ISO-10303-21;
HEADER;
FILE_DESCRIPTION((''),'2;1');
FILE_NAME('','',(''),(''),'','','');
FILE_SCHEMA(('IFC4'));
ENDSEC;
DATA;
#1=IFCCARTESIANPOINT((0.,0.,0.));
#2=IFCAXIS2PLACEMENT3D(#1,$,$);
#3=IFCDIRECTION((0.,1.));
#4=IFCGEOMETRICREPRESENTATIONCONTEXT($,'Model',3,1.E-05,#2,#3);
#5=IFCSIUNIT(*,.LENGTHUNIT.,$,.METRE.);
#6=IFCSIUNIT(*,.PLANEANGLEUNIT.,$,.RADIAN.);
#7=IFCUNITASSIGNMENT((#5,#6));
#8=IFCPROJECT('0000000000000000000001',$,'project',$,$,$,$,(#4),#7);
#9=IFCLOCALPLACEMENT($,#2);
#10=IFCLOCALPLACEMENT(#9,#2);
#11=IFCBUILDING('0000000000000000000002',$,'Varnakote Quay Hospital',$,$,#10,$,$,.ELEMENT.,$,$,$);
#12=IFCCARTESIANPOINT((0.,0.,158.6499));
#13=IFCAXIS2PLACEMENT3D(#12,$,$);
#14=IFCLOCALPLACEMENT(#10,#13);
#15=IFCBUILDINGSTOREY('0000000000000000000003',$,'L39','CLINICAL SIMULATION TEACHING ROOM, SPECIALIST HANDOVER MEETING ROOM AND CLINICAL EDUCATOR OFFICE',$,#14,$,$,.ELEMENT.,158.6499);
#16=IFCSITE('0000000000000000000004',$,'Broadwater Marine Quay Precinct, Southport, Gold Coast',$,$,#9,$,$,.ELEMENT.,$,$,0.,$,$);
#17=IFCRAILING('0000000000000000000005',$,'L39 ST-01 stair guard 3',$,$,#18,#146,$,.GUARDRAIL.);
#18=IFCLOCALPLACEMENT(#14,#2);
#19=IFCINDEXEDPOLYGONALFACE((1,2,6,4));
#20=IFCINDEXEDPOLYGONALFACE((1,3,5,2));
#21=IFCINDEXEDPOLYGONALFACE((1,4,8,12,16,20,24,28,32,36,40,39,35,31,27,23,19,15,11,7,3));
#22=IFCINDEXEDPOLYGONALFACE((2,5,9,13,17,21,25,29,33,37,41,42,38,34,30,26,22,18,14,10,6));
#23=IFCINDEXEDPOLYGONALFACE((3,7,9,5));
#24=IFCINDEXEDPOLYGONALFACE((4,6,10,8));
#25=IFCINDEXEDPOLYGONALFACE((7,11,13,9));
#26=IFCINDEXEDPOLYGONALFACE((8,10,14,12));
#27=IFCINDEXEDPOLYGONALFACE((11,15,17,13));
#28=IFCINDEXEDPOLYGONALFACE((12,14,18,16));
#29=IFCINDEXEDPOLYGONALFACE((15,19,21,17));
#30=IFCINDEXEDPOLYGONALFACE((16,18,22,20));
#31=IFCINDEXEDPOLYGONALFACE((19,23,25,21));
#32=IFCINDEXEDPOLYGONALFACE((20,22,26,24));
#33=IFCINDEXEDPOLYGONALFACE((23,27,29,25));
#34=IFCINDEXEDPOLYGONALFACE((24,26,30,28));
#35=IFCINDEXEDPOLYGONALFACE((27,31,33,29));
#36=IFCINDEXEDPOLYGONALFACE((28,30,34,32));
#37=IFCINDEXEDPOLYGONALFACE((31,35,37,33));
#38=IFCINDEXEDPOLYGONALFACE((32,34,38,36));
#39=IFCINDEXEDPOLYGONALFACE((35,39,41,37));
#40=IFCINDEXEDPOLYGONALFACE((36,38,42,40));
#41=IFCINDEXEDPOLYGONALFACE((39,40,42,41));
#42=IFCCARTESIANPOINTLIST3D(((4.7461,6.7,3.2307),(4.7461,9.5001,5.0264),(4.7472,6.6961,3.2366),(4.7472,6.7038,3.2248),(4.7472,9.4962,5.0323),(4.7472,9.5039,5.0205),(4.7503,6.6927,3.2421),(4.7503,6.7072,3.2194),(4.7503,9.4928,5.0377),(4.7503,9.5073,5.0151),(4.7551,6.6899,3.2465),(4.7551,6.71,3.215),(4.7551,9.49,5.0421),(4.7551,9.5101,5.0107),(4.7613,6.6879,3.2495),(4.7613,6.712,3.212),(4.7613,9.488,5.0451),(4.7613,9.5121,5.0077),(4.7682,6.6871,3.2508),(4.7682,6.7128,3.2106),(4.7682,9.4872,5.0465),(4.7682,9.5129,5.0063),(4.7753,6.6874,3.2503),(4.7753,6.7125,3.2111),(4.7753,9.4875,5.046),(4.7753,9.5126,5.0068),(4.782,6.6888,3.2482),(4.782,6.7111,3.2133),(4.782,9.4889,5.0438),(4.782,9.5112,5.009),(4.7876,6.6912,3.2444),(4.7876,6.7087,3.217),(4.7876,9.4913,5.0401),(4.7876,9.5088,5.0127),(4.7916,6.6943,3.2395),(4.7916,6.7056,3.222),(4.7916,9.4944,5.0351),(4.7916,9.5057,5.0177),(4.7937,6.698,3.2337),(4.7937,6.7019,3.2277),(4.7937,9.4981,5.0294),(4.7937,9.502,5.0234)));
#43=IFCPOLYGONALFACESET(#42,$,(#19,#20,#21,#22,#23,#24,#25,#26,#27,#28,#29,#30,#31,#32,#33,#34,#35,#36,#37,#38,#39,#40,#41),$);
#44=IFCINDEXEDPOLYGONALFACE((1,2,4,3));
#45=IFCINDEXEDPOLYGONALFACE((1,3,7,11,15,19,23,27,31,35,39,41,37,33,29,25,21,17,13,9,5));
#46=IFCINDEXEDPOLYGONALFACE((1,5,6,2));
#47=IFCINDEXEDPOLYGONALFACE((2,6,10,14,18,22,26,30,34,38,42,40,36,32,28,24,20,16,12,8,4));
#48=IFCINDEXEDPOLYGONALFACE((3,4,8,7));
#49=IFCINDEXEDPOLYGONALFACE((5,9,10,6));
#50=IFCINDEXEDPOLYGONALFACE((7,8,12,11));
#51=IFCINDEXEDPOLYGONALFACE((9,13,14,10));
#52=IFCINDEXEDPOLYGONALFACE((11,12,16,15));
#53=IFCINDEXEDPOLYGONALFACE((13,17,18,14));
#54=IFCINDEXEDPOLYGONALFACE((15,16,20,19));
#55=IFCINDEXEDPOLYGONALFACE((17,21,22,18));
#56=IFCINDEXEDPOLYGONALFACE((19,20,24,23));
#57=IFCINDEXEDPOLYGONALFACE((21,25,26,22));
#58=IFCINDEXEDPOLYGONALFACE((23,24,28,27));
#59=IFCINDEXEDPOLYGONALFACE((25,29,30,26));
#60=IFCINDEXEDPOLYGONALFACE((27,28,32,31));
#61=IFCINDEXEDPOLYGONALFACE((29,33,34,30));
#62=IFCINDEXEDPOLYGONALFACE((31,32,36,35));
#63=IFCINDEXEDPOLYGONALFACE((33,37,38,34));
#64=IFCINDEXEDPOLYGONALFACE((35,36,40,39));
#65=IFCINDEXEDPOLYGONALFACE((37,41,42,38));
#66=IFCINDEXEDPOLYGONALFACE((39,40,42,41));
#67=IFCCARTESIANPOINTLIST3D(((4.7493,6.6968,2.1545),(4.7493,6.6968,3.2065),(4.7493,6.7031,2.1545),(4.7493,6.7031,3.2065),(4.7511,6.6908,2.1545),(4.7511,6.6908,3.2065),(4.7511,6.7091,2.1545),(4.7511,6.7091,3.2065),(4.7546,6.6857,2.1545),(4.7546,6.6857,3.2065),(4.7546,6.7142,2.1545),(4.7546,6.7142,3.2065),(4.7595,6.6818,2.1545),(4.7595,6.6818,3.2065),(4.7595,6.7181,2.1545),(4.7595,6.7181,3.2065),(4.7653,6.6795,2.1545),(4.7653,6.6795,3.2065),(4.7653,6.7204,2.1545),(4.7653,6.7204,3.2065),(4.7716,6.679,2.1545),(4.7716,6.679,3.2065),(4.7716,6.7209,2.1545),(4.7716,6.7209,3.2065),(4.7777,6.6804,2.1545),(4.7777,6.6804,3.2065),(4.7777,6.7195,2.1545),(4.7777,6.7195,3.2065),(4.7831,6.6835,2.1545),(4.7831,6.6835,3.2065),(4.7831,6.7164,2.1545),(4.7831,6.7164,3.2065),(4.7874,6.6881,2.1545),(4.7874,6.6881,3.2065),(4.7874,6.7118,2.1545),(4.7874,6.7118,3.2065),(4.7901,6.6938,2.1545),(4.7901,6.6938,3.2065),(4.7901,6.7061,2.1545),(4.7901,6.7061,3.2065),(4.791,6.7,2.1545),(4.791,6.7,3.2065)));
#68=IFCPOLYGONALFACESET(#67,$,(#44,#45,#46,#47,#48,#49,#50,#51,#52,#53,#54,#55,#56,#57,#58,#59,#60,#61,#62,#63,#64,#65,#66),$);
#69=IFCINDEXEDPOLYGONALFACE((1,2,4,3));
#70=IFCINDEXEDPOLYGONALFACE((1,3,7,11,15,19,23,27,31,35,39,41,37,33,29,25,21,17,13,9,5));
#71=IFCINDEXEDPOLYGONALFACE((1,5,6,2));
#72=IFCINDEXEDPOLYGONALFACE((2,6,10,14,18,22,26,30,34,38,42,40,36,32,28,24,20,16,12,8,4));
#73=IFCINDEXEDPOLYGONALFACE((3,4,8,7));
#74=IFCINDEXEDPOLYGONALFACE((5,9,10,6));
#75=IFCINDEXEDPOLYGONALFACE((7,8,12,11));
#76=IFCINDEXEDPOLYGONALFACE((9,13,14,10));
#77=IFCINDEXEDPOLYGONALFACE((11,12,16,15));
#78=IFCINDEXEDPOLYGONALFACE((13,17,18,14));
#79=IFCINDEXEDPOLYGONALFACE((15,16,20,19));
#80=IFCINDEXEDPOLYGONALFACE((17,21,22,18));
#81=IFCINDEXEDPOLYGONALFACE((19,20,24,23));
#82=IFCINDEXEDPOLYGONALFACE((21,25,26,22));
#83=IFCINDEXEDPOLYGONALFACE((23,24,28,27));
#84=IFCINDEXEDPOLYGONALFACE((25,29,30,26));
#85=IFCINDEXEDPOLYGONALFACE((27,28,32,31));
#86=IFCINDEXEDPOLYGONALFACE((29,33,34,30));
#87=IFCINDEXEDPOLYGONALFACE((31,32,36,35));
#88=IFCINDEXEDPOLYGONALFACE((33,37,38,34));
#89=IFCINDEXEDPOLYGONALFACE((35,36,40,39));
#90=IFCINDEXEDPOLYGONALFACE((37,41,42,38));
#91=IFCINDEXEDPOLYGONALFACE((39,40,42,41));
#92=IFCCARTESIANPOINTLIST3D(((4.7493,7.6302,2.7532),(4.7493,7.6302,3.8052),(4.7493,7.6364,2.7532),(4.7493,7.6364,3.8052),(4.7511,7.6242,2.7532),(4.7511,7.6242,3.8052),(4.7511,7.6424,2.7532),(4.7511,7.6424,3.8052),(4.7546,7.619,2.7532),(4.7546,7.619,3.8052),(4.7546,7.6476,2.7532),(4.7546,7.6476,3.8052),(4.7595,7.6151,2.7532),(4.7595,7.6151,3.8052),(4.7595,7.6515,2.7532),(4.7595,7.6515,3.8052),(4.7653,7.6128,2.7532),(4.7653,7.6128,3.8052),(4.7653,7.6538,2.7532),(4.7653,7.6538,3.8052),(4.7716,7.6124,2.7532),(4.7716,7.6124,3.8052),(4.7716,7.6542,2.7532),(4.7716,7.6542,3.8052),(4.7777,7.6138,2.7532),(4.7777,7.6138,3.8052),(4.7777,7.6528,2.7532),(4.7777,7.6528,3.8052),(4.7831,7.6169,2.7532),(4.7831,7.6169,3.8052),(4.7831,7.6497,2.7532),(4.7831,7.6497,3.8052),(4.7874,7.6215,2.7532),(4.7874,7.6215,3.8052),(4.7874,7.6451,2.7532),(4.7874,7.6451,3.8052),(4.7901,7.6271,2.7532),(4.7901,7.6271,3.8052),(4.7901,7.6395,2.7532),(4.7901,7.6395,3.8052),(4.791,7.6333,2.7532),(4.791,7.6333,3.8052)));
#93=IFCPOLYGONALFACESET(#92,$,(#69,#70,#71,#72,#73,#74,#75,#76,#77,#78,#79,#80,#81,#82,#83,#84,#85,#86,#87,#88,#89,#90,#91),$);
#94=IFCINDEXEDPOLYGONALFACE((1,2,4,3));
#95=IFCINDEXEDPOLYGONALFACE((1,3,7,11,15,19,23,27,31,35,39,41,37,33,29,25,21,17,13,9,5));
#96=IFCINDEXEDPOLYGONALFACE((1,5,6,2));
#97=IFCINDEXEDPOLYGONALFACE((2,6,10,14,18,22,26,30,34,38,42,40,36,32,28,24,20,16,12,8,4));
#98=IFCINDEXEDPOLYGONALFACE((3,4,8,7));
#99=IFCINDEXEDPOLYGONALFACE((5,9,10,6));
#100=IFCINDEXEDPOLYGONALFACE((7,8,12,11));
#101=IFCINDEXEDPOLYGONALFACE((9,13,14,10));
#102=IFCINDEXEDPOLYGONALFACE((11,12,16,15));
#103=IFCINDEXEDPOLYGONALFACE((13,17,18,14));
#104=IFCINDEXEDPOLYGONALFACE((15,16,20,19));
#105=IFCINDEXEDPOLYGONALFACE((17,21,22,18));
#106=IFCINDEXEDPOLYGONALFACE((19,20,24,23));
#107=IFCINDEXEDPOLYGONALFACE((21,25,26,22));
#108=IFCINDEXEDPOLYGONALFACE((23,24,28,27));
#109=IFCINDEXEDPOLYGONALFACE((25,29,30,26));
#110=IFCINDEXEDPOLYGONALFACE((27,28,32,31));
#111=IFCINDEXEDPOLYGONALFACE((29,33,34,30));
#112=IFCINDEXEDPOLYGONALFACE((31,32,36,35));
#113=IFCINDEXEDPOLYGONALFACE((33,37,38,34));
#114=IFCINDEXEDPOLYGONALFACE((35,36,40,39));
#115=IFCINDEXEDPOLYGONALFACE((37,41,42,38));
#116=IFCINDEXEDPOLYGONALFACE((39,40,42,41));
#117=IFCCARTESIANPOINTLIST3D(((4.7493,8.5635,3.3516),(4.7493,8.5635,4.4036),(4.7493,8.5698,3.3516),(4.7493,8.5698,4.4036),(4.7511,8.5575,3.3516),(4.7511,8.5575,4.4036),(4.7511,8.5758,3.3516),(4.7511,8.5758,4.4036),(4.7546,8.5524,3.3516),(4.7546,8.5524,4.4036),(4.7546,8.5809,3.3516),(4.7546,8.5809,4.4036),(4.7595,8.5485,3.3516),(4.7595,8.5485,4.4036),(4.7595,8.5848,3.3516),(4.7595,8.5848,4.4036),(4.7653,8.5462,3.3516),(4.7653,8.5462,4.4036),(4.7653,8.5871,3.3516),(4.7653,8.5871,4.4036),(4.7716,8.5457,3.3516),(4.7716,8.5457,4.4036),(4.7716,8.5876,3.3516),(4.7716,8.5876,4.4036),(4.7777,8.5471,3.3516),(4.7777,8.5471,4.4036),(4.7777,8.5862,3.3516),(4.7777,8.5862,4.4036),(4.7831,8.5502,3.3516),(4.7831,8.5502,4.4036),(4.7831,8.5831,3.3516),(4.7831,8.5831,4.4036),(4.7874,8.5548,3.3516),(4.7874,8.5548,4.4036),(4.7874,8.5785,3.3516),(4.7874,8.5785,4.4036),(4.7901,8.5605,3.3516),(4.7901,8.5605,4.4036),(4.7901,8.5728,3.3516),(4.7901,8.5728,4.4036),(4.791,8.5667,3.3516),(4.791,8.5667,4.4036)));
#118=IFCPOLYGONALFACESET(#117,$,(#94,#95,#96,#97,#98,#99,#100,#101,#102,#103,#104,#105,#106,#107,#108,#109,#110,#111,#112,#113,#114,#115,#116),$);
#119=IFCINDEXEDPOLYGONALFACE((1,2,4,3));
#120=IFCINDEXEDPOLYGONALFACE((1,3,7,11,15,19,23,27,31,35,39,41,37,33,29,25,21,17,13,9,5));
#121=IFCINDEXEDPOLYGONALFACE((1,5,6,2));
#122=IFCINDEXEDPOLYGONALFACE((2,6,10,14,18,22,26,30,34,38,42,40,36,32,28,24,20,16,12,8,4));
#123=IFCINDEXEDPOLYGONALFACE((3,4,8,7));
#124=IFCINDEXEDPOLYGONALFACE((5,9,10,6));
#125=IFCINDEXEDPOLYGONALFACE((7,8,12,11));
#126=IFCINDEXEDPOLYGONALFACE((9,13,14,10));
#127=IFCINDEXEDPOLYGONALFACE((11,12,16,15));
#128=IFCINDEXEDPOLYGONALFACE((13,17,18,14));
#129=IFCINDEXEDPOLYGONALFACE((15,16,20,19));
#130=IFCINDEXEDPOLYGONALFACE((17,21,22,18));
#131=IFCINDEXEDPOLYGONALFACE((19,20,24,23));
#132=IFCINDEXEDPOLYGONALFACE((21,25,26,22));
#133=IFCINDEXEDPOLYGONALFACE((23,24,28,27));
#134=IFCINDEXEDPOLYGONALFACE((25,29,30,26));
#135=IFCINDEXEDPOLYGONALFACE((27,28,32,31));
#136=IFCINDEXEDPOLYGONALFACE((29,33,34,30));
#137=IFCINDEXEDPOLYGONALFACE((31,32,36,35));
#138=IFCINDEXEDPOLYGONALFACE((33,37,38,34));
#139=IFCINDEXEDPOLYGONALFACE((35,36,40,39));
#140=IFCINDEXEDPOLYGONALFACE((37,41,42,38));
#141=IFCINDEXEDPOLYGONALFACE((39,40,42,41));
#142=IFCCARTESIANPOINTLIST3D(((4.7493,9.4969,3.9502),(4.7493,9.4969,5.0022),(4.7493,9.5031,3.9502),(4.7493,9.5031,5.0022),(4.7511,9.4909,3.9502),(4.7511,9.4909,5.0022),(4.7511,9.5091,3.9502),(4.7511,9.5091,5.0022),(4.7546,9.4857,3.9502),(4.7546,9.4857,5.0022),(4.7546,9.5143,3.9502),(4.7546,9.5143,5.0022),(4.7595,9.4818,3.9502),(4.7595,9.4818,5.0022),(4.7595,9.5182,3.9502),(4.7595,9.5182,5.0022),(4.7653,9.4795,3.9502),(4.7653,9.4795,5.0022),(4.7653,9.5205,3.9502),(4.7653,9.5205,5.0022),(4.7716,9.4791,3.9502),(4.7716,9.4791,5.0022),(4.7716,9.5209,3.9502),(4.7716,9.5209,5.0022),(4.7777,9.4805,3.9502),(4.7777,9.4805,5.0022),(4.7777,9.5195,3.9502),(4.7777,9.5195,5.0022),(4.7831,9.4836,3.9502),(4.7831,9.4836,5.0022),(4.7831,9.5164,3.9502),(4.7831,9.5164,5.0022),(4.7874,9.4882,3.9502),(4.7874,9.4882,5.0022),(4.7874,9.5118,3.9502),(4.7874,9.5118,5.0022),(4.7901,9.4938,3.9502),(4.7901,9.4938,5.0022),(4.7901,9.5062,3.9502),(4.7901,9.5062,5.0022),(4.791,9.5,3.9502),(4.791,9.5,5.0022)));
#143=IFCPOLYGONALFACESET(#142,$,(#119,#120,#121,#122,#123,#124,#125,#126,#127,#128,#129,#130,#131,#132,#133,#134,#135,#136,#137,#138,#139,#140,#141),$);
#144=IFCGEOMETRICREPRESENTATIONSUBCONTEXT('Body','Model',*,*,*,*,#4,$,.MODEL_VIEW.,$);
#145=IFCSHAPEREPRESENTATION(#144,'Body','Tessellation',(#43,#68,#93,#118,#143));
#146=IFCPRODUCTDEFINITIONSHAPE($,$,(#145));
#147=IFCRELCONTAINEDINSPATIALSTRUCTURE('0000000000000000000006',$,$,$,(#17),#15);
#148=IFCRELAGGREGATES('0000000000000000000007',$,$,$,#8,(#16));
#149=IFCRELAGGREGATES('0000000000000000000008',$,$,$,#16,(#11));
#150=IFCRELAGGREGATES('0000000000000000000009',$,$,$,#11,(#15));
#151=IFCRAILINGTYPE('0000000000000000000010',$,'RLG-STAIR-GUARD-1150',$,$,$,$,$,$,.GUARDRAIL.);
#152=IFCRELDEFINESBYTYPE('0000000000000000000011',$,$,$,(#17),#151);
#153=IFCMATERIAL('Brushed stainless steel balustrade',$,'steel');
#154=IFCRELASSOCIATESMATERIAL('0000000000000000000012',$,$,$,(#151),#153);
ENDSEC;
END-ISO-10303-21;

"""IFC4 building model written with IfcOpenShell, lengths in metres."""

from ifc_helpers import new_model, si_unit, direction, frame, origin, origin_2d, place, context, subcontext, project, spatial, circle, extrude, material, type_object, element, save


model = new_model("IFC4")

# Units and contexts
model_context = context("Model", 3, precision=1e-05, world=origin(), true_north=direction((0.0, 1.0)))
body_context = subcontext(model_context, "Body", "Model", "MODEL_VIEW")
ifc_project = project(units=[si_unit("LENGTHUNIT", "METRE"), si_unit("PLANEANGLEUNIT", "RADIAN")], contexts=[model_context])

# Site, building, storey
site_placement = place(None, origin())
site = spatial("IfcSite", under=ifc_project, at=site_placement, Name="Broadwater Marine Quay Precinct, Southport, Gold Coast", CompositionType="ELEMENT", RefElevation=0.0)
building_placement = place(site_placement, origin())
building = spatial("IfcBuilding", under=site, at=building_placement, Name="Varnakote Quay Hospital", CompositionType="ELEMENT")
storey_placement = place(building_placement, frame((0.0, 0.0, 158.6499)))
storey = spatial("IfcBuildingStorey", under=building, at=storey_placement, Name="L39", Description="CLINICAL SIMULATION TEACHING ROOM, SPECIALIST HANDOVER MEETING ROOM AND CLINICAL EDUCATOR OFFICE", CompositionType="ELEMENT", Elevation=158.6499)

# Railing
ifc_material_1 = material(Name="Brushed stainless steel balustrade", Category="steel")
railing_type_1 = type_object("IfcRailingType", Name="RLG-STAIR-GUARD-1150", PredefinedType="GUARDRAIL", material=ifc_material_1)
railing_1_placement = place(storey_placement, frame((4.77, 6.7, 2.1545)))
element("IfcRailing", 1, at=railing_1_placement, inside=storey, type_object=railing_type_1, Name="L39 ST-01 stair guard 3", PredefinedType="GUARDRAIL", context=body_context, shape_type="SweptSolid", body=[
    extrude(circle(Radius=0.0239, at=origin_2d()), frame((0.0, 0.0, 1.0762), z_axis=(0.0, 0.841777, 0.539826), x_axis=(-1.0, 0.0, 0.0)), (0.0, 0.0, 1.0), 3.3264),
    extrude(circle(Radius=0.021, at=origin_2d()), origin(), (0.0, 0.0, 1.0), 1.052),
    extrude(circle(Radius=0.021, at=origin_2d()), frame((0.0, 0.9333, 0.5986)), (0.0, 0.0, 1.0), 1.052),
    extrude(circle(Radius=0.021, at=origin_2d()), frame((0.0, 1.8667, 1.197)), (0.0, 0.0, 1.0), 1.052),
    extrude(circle(Radius=0.021, at=origin_2d()), frame((0.0, 2.8, 1.7957)), (0.0, 0.0, 1.0), 1.052),
])

save(model, "model.ifc")
